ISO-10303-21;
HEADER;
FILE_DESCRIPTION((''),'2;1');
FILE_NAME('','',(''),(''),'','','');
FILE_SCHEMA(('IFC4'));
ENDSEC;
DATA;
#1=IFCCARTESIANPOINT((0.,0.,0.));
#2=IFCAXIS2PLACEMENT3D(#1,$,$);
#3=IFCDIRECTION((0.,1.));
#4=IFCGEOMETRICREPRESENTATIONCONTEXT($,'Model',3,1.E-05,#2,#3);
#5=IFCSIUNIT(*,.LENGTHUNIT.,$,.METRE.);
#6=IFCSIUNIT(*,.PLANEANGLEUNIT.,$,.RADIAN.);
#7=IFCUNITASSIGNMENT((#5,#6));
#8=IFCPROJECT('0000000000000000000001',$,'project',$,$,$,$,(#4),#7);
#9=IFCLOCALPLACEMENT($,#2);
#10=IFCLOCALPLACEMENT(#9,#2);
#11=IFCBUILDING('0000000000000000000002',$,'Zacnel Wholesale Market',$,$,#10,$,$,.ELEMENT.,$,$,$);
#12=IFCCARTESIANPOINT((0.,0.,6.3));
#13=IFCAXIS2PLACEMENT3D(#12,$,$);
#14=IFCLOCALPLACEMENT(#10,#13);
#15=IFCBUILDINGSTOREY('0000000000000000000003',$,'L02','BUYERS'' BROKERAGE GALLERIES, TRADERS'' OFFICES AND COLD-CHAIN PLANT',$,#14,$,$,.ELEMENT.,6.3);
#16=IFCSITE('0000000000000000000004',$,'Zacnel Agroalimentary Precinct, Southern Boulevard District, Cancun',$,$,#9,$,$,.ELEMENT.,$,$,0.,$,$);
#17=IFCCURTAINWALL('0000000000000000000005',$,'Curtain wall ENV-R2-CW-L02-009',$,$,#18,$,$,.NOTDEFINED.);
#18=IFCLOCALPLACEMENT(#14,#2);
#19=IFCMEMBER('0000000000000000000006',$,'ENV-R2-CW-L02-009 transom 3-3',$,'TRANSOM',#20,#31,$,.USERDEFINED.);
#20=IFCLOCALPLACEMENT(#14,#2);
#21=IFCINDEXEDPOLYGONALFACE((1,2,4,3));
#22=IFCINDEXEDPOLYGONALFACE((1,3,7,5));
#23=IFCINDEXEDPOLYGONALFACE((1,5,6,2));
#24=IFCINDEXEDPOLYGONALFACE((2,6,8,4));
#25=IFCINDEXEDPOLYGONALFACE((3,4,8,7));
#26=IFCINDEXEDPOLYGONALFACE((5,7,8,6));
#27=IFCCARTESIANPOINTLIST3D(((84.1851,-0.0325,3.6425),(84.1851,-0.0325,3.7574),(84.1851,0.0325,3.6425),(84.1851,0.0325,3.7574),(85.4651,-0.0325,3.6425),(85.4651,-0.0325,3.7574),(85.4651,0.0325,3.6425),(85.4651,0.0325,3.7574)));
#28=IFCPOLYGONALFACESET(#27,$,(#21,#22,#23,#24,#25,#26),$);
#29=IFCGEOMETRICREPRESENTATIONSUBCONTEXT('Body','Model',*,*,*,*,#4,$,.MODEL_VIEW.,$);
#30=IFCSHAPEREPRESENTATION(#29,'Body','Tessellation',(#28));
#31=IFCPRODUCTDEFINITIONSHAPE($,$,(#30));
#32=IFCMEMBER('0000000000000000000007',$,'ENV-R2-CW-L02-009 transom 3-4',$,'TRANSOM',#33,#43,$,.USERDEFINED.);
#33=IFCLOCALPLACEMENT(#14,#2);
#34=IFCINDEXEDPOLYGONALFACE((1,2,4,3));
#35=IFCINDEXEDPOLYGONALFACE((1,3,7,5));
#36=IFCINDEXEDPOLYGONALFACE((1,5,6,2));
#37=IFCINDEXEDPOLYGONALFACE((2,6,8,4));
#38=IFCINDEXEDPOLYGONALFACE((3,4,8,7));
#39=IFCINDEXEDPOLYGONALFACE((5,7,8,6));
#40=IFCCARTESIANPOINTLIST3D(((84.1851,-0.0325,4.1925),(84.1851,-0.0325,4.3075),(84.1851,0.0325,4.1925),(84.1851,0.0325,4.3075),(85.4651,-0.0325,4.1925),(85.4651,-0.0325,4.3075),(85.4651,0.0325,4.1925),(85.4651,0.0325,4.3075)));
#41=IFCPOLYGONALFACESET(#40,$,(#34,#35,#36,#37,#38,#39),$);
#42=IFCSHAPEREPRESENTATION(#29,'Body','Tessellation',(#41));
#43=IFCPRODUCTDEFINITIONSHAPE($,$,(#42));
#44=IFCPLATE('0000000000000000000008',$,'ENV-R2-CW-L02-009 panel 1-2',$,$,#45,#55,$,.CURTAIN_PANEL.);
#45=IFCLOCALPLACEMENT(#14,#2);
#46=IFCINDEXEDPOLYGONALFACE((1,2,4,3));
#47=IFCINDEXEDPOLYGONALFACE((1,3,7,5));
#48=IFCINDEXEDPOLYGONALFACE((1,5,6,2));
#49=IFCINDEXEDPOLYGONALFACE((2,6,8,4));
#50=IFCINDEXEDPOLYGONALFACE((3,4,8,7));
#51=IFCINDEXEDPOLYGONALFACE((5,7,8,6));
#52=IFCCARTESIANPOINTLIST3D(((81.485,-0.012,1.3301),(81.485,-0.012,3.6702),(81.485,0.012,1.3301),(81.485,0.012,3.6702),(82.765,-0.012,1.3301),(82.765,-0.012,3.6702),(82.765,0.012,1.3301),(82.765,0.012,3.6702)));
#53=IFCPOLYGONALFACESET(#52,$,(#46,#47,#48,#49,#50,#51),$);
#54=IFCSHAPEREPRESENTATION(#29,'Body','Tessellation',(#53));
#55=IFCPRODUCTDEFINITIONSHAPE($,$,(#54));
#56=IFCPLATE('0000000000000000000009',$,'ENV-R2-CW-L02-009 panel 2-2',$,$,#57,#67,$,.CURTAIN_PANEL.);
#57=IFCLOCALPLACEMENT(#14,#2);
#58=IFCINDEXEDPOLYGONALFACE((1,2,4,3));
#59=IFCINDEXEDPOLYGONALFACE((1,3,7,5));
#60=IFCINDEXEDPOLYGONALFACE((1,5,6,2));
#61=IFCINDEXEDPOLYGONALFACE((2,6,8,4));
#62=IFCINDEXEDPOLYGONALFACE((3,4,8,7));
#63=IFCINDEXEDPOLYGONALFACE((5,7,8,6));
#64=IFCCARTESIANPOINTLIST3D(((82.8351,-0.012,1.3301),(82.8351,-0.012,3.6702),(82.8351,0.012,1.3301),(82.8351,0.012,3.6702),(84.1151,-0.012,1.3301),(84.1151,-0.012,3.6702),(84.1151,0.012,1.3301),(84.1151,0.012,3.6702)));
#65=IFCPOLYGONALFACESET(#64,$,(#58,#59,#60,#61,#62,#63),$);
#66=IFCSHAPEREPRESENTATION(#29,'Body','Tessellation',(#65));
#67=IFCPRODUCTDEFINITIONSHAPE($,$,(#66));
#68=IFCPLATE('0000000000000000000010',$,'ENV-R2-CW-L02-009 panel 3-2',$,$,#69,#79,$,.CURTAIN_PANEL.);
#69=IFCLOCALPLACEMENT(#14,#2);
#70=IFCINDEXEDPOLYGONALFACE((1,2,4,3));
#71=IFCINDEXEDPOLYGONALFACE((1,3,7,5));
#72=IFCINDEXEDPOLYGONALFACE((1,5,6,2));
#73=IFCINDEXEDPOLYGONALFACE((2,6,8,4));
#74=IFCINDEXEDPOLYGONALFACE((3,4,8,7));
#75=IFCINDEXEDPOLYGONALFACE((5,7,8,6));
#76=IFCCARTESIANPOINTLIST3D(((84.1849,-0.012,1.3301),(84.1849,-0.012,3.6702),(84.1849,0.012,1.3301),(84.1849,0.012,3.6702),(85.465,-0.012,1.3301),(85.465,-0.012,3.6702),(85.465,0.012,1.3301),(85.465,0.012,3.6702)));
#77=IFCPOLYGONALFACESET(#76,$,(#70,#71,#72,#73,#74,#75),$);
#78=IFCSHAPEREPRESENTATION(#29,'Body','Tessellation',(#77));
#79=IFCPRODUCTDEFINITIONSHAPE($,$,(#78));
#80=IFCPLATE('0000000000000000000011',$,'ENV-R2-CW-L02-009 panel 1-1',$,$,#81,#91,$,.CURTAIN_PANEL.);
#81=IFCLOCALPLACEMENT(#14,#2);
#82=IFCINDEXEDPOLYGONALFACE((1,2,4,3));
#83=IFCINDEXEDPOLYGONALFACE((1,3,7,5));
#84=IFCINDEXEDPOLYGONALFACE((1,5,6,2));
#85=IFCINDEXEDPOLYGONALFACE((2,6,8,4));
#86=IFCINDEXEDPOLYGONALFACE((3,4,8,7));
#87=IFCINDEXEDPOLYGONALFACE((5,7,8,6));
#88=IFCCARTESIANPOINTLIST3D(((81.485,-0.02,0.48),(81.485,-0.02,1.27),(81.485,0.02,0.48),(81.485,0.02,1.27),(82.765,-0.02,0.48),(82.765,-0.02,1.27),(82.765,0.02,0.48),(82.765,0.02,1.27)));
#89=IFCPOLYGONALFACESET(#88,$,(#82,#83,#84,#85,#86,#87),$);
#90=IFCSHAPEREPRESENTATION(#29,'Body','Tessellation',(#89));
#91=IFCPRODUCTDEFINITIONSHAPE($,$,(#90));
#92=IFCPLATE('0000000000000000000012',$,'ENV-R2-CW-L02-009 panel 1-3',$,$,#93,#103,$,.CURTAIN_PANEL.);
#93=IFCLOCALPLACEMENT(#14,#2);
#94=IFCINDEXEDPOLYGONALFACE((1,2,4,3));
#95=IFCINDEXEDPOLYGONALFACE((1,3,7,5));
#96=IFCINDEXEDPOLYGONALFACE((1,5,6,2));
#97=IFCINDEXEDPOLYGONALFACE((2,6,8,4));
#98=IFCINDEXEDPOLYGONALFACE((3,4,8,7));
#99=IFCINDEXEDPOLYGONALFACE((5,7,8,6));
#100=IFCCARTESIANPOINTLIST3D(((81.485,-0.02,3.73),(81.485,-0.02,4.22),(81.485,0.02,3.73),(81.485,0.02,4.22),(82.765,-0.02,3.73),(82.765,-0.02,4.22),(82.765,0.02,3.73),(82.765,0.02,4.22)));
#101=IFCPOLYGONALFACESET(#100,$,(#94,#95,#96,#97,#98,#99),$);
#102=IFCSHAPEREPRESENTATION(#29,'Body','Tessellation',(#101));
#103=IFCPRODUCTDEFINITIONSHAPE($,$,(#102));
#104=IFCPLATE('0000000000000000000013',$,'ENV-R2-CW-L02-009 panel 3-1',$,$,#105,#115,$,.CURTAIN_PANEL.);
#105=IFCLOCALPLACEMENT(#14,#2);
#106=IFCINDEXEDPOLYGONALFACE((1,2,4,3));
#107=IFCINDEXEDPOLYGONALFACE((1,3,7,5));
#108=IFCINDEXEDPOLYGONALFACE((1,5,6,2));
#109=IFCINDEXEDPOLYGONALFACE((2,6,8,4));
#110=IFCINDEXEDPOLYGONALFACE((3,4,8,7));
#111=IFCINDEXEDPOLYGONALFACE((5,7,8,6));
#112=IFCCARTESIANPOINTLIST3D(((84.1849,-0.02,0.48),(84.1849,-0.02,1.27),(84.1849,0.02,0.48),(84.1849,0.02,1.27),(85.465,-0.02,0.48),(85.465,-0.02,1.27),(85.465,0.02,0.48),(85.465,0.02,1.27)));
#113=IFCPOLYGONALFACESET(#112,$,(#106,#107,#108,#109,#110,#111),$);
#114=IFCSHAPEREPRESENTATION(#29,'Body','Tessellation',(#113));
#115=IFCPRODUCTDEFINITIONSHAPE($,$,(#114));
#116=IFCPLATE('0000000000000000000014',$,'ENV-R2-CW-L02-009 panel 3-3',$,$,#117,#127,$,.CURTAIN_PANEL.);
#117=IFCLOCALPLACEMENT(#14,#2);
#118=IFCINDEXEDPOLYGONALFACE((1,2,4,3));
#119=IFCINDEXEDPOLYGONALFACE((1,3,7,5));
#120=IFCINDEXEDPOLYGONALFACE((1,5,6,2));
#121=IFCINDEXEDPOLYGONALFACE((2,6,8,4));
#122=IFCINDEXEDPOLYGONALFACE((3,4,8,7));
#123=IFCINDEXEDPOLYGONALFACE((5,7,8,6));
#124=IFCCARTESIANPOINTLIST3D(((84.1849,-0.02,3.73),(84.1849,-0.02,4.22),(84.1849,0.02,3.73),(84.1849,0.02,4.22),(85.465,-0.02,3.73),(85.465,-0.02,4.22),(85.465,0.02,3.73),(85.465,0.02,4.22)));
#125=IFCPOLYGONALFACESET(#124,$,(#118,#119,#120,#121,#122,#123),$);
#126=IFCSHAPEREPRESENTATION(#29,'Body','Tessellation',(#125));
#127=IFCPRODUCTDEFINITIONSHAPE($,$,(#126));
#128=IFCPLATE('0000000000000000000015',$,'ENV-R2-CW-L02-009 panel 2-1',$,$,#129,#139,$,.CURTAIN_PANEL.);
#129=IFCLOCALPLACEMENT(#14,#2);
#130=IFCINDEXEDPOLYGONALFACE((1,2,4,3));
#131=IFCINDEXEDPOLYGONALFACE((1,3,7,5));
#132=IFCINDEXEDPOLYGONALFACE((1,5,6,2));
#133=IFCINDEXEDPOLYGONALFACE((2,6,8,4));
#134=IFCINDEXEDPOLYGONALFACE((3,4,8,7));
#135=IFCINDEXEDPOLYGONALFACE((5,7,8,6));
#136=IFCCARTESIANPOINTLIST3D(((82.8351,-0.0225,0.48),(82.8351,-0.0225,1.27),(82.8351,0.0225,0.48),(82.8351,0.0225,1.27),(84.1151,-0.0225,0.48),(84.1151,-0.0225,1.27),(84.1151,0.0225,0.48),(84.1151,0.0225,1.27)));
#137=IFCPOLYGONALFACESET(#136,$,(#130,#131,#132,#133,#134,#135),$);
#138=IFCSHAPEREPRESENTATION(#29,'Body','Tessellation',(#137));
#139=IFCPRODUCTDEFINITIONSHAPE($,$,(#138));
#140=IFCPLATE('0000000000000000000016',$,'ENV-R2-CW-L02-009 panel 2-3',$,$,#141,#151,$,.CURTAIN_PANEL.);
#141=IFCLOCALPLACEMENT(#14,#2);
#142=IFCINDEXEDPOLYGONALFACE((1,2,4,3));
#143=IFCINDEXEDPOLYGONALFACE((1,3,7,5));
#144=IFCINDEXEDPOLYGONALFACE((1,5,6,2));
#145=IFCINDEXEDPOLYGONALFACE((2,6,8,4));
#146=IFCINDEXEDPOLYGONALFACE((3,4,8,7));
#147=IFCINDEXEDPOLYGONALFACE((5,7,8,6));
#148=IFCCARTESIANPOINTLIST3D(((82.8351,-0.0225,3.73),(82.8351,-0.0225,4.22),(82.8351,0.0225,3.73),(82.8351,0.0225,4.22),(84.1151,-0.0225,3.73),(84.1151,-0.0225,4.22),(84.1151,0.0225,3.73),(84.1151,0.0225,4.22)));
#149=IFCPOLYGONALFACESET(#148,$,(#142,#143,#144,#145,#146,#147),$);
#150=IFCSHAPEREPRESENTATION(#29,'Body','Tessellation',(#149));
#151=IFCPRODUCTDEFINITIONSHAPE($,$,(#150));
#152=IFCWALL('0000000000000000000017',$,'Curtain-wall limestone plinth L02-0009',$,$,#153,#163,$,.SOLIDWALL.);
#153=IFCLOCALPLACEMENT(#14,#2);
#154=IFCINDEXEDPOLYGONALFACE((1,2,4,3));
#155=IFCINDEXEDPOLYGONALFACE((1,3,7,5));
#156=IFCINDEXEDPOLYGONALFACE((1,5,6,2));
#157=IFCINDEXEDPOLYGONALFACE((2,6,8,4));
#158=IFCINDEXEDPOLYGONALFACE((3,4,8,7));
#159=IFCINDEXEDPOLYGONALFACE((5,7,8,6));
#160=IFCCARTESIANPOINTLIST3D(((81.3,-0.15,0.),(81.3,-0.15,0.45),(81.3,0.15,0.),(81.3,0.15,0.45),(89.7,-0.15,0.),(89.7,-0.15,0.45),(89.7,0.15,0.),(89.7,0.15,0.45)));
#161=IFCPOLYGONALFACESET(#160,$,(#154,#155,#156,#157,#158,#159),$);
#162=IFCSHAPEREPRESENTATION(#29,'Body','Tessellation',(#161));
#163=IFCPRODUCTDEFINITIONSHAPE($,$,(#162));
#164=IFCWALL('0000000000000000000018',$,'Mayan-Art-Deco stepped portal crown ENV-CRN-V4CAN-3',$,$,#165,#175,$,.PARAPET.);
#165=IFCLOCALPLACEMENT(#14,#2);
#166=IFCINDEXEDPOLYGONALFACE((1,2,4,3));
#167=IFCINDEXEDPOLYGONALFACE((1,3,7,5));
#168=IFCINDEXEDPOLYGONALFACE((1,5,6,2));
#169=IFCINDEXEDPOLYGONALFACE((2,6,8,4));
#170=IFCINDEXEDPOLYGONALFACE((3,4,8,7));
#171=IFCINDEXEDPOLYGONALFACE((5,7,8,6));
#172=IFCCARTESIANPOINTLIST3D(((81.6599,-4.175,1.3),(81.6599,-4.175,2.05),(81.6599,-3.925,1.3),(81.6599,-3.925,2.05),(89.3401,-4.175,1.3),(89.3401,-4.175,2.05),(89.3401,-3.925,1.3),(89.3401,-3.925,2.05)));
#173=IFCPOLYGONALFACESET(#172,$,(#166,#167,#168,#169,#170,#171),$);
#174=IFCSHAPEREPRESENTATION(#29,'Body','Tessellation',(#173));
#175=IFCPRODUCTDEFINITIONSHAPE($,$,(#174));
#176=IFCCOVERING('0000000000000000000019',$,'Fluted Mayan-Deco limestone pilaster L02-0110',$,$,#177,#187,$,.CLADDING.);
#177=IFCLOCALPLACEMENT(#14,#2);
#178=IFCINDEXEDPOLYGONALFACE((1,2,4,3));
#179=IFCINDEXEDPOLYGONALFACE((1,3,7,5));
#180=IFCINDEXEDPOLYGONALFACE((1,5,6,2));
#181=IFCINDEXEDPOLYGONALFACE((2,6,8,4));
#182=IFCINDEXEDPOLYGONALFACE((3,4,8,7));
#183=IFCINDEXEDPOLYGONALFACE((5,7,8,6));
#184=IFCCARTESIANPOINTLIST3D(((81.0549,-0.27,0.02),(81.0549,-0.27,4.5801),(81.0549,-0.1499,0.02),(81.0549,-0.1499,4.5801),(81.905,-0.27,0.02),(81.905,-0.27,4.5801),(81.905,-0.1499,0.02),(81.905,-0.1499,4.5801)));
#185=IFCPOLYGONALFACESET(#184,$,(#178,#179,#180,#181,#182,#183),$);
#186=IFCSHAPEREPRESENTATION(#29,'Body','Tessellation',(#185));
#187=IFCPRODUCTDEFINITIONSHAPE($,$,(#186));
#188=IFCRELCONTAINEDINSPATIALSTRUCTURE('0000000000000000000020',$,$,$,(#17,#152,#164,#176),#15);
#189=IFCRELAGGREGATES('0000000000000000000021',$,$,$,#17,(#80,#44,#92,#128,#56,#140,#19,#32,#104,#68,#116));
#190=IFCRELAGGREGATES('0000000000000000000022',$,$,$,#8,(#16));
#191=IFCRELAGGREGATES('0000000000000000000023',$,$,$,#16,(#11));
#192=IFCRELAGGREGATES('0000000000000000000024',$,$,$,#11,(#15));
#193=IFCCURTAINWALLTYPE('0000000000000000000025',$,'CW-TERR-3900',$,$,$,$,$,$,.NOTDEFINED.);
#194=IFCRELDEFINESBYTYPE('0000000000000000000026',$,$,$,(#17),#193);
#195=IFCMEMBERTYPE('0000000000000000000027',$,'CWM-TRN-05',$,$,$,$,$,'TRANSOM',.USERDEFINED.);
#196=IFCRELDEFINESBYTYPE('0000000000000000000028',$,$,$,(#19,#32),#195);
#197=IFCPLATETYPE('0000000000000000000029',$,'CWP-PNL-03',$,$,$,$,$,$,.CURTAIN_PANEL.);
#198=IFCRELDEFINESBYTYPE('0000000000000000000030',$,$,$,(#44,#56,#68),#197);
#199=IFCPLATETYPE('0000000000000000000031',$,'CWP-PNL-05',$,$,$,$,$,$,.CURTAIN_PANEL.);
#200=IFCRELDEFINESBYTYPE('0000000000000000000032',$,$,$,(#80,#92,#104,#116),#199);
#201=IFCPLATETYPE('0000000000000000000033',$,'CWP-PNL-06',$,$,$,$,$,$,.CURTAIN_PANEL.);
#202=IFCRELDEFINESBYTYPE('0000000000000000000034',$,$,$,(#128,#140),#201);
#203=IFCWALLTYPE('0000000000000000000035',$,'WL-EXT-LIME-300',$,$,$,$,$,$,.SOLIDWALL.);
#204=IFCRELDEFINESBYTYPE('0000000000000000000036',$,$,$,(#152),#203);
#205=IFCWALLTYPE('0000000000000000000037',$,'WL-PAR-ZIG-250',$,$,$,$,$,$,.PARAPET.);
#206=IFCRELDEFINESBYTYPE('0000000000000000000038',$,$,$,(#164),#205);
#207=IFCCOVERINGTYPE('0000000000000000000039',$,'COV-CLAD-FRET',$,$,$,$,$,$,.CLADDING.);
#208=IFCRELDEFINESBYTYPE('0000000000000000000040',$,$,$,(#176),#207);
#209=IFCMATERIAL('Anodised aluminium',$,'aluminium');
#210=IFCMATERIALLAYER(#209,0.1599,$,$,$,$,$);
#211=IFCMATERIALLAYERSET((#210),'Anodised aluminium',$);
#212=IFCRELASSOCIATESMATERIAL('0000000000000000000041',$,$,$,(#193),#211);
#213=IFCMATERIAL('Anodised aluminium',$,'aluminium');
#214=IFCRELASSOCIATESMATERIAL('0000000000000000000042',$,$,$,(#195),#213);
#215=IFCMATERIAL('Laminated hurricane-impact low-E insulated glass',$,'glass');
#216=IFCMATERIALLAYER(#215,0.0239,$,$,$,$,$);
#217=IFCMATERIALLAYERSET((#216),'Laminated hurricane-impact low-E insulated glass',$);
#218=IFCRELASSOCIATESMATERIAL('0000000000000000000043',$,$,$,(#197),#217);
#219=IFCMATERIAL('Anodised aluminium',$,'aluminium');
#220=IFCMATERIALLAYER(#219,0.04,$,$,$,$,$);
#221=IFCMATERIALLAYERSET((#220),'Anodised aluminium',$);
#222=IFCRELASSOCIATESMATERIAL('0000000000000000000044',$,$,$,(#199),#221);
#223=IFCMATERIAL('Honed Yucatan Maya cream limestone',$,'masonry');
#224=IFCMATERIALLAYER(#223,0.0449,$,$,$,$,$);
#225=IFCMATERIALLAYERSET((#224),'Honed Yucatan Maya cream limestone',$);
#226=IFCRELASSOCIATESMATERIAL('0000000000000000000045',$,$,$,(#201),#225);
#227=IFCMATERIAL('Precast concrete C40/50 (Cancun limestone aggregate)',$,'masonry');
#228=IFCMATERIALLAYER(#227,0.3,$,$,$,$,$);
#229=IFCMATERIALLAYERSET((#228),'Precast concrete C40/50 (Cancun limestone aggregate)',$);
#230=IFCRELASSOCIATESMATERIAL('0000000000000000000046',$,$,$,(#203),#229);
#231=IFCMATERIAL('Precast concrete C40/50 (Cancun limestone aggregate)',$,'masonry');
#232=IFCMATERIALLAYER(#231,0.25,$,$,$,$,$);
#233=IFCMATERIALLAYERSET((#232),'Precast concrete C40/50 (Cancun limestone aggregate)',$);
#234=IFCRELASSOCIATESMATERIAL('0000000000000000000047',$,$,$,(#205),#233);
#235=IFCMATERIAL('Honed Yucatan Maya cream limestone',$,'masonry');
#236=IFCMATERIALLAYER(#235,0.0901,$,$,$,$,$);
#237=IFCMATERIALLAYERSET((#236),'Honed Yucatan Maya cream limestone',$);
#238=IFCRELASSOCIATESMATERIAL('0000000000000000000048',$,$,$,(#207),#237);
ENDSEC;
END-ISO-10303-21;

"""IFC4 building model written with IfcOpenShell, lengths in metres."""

from ifc_helpers import new_model, si_unit, direction, frame, frame_2d, origin, origin_2d, place, context, subcontext, project, spatial, rectangle, extrude, material, layer, layer_set, material_profile, profile_set, type_object, element, aggregate, save


model = new_model("IFC4")

# Units and contexts
model_context = context("Model", 3, precision=1e-05, world=origin(), true_north=direction((0.0, 1.0)))
body_context = subcontext(model_context, "Body", "Model", "MODEL_VIEW")
ifc_project = project(units=[si_unit("LENGTHUNIT", "METRE"), si_unit("PLANEANGLEUNIT", "RADIAN")], contexts=[model_context])

# Site, building, storey
site_placement = place(None, origin())
site = spatial("IfcSite", under=ifc_project, at=site_placement, Name="Zacnel Agroalimentary Precinct, Southern Boulevard District, Cancun", CompositionType="ELEMENT", RefElevation=0.0)
building_placement = place(site_placement, origin())
building = spatial("IfcBuilding", under=site, at=building_placement, Name="Zacnel Wholesale Market", CompositionType="ELEMENT")
storey_placement = place(building_placement, frame((0.0, 0.0, 6.3)))
storey = spatial("IfcBuildingStorey", under=building, at=storey_placement, Name="L02", Description="BUYERS' BROKERAGE GALLERIES, TRADERS' OFFICES AND COLD-CHAIN PLANT", CompositionType="ELEMENT", Elevation=6.3)

# Curtain wall, members, plates
ifc_material_1 = material(Name="Anodised aluminium", Category="aluminium")
ifc_layer_1 = layer(ifc_material_1, 0.1599)
ifc_layer_set_1 = layer_set([ifc_layer_1], Name="Anodised aluminium")
curtain_wall_type = type_object("IfcCurtainWallType", Name="CW-TERR-3900", PredefinedType="NOTDEFINED", material=ifc_layer_set_1)
curtain_wall_placement = place(storey_placement, origin())
curtain_wall = element("IfcCurtainWall", 1, at=curtain_wall_placement, inside=storey, type_object=curtain_wall_type, Name="Curtain wall ENV-R2-CW-L02-009", PredefinedType="NOTDEFINED")
ifc_material_2 = material(Name="Anodised aluminium", Category="aluminium")
ifc_material_profile_1 = material_profile(ifc_material_2, rectangle(XDim=0.0649, YDim=0.115, at=origin_2d()), Name="AW-TRANSOM 65x115")
ifc_profile_set_1 = profile_set([ifc_material_profile_1], Name="Anodised aluminium")
member_type_1 = type_object("IfcMemberType", Name="CWM-TRN-05", ElementType="TRANSOM", PredefinedType="USERDEFINED", material=ifc_profile_set_1)
member_1_placement = place(storey_placement, frame((84.1851, 0.0, 3.7), z_axis=(1.0, 0.0, 0.0), x_axis=(0.0, 1.0, 0.0)))
member_1 = element("IfcMember", 2, at=member_1_placement, type_object=member_type_1, Name="ENV-R2-CW-L02-009 transom 3-3", ObjectType="TRANSOM", PredefinedType="USERDEFINED", context=body_context, shape_type="SweptSolid", body=[
    extrude(rectangle(XDim=0.0649, YDim=0.115, at=origin_2d()), origin(), (0.0, 0.0, 1.0), 1.28),
])
member_2_placement = place(storey_placement, frame((84.1851, 0.0, 4.25), z_axis=(1.0, 0.0, 0.0), x_axis=(0.0, 1.0, 0.0)))
member_2 = element("IfcMember", 3, at=member_2_placement, type_object=member_type_1, Name="ENV-R2-CW-L02-009 transom 3-4", ObjectType="TRANSOM", PredefinedType="USERDEFINED", context=body_context, shape_type="SweptSolid", body=[
    extrude(rectangle(XDim=0.0649, YDim=0.115, at=origin_2d()), origin(), (0.0, 0.0, 1.0), 1.28),
])
ifc_material_3 = material(Name="Laminated hurricane-impact low-E insulated glass", Category="glass")
ifc_layer_2 = layer(ifc_material_3, 0.0239)
ifc_layer_set_2 = layer_set([ifc_layer_2], Name="Laminated hurricane-impact low-E insulated glass")
plate_type_1 = type_object("IfcPlateType", Name="CWP-PNL-03", PredefinedType="CURTAIN_PANEL", material=ifc_layer_set_2)
plate_1_placement = place(storey_placement, frame((82.125, 0.0, 1.3301), z_axis=(0.0, 0.0, 1.0), x_axis=(1.0, 0.0, 0.0)))
plate_1 = element("IfcPlate", 4, at=plate_1_placement, type_object=plate_type_1, Name="ENV-R2-CW-L02-009 panel 1-2", PredefinedType="CURTAIN_PANEL", context=body_context, shape_type="SweptSolid", body=[
    extrude(rectangle(XDim=1.28, YDim=0.0239, at=origin_2d()), origin(), (0.0, 0.0, 1.0), 2.3401),
])
plate_2_placement = place(storey_placement, frame((83.4751, 0.0, 1.3301), z_axis=(0.0, 0.0, 1.0), x_axis=(1.0, 0.0, 0.0)))
plate_2 = element("IfcPlate", 5, at=plate_2_placement, type_object=plate_type_1, Name="ENV-R2-CW-L02-009 panel 2-2", PredefinedType="CURTAIN_PANEL", context=body_context, shape_type="SweptSolid", body=[
    extrude(rectangle(XDim=1.28, YDim=0.0239, at=origin_2d()), origin(), (0.0, 0.0, 1.0), 2.3401),
])
plate_3_placement = place(storey_placement, frame((84.825, 0.0, 1.3301), z_axis=(0.0, 0.0, 1.0), x_axis=(1.0, 0.0, 0.0)))
plate_3 = element("IfcPlate", 6, at=plate_3_placement, type_object=plate_type_1, Name="ENV-R2-CW-L02-009 panel 3-2", PredefinedType="CURTAIN_PANEL", context=body_context, shape_type="SweptSolid", body=[
    extrude(rectangle(XDim=1.28, YDim=0.0239, at=origin_2d()), origin(), (0.0, 0.0, 1.0), 2.3401),
])
ifc_material_4 = material(Name="Anodised aluminium", Category="aluminium")
ifc_layer_3 = layer(ifc_material_4, 0.04)
ifc_layer_set_3 = layer_set([ifc_layer_3], Name="Anodised aluminium")
plate_type_2 = type_object("IfcPlateType", Name="CWP-PNL-05", PredefinedType="CURTAIN_PANEL", material=ifc_layer_set_3)
plate_4_placement = place(storey_placement, frame((82.125, 0.0, 0.48), z_axis=(0.0, 0.0, 1.0), x_axis=(1.0, 0.0, 0.0)))
plate_4 = element("IfcPlate", 7, at=plate_4_placement, type_object=plate_type_2, Name="ENV-R2-CW-L02-009 panel 1-1", PredefinedType="CURTAIN_PANEL", context=body_context, shape_type="SweptSolid", body=[
    extrude(rectangle(XDim=1.28, YDim=0.04, at=origin_2d()), origin(), (0.0, 0.0, 1.0), 0.79),
])
plate_5_placement = place(storey_placement, frame((82.125, 0.0, 3.73), z_axis=(0.0, 0.0, 1.0), x_axis=(1.0, 0.0, 0.0)))
plate_5 = element("IfcPlate", 8, at=plate_5_placement, type_object=plate_type_2, Name="ENV-R2-CW-L02-009 panel 1-3", PredefinedType="CURTAIN_PANEL", context=body_context, shape_type="SweptSolid", body=[
    extrude(rectangle(XDim=1.28, YDim=0.04, at=origin_2d()), origin(), (0.0, 0.0, 1.0), 0.49),
])
plate_6_placement = place(storey_placement, frame((84.825, 0.0, 0.48), z_axis=(0.0, 0.0, 1.0), x_axis=(1.0, 0.0, 0.0)))
plate_6 = element("IfcPlate", 9, at=plate_6_placement, type_object=plate_type_2, Name="ENV-R2-CW-L02-009 panel 3-1", PredefinedType="CURTAIN_PANEL", context=body_context, shape_type="SweptSolid", body=[
    extrude(rectangle(XDim=1.28, YDim=0.04, at=origin_2d()), origin(), (0.0, 0.0, 1.0), 0.79),
])
plate_7_placement = place(storey_placement, frame((84.825, 0.0, 3.73), z_axis=(0.0, 0.0, 1.0), x_axis=(1.0, 0.0, 0.0)))
plate_7 = element("IfcPlate", 10, at=plate_7_placement, type_object=plate_type_2, Name="ENV-R2-CW-L02-009 panel 3-3", PredefinedType="CURTAIN_PANEL", context=body_context, shape_type="SweptSolid", body=[
    extrude(rectangle(XDim=1.28, YDim=0.04, at=origin_2d()), origin(), (0.0, 0.0, 1.0), 0.49),
])
ifc_material_5 = material(Name="Honed Yucatan Maya cream limestone", Category="masonry")
ifc_layer_4 = layer(ifc_material_5, 0.0449)
ifc_layer_set_4 = layer_set([ifc_layer_4], Name="Honed Yucatan Maya cream limestone")
plate_type_3 = type_object("IfcPlateType", Name="CWP-PNL-06", PredefinedType="CURTAIN_PANEL", material=ifc_layer_set_4)
plate_8_placement = place(storey_placement, frame((83.4751, 0.0, 0.48), z_axis=(0.0, 0.0, 1.0), x_axis=(1.0, 0.0, 0.0)))
plate_8 = element("IfcPlate", 11, at=plate_8_placement, type_object=plate_type_3, Name="ENV-R2-CW-L02-009 panel 2-1", PredefinedType="CURTAIN_PANEL", context=body_context, shape_type="SweptSolid", body=[
    extrude(rectangle(XDim=1.28, YDim=0.0449, at=origin_2d()), origin(), (0.0, 0.0, 1.0), 0.79),
])
plate_9_placement = place(storey_placement, frame((83.4751, 0.0, 3.73), z_axis=(0.0, 0.0, 1.0), x_axis=(1.0, 0.0, 0.0)))
plate_9 = element("IfcPlate", 12, at=plate_9_placement, type_object=plate_type_3, Name="ENV-R2-CW-L02-009 panel 2-3", PredefinedType="CURTAIN_PANEL", context=body_context, shape_type="SweptSolid", body=[
    extrude(rectangle(XDim=1.28, YDim=0.0449, at=origin_2d()), origin(), (0.0, 0.0, 1.0), 0.49),
])
aggregate(curtain_wall, [plate_4, plate_1, plate_5, plate_8, plate_2, plate_9, member_1, member_2, plate_6, plate_3, plate_7])

# Walls
ifc_material_6 = material(Name="Precast concrete C40/50 (Cancun limestone aggregate)", Category="masonry")
ifc_layer_5 = layer(ifc_material_6, 0.3)
ifc_layer_set_5 = layer_set([ifc_layer_5], Name="Precast concrete C40/50 (Cancun limestone aggregate)")
wall_type_1 = type_object("IfcWallType", Name="WL-EXT-LIME-300", PredefinedType="SOLIDWALL", material=ifc_layer_set_5)
wall_1_placement = place(storey_placement, frame((81.3, 0.0, 0.0), z_axis=(0.0, 0.0, 1.0), x_axis=(1.0, 0.0, 0.0)))
element("IfcWall", 13, at=wall_1_placement, inside=storey, type_object=wall_type_1, Name="Curtain-wall limestone plinth L02-0009", PredefinedType="SOLIDWALL", context=body_context, shape_type="SweptSolid", body=[
    extrude(rectangle(XDim=8.3999, YDim=0.3, at=frame_2d((4.2, 0.0))), origin(), (0.0, 0.0, 1.0), 0.45),
])
ifc_material_7 = material(Name="Precast concrete C40/50 (Cancun limestone aggregate)", Category="masonry")
ifc_layer_6 = layer(ifc_material_7, 0.25)
ifc_layer_set_6 = layer_set([ifc_layer_6], Name="Precast concrete C40/50 (Cancun limestone aggregate)")
wall_type_2 = type_object("IfcWallType", Name="WL-PAR-ZIG-250", PredefinedType="PARAPET", material=ifc_layer_set_6)
wall_2_placement = place(storey_placement, frame((81.6599, -4.05, 1.3), z_axis=(0.0, 0.0, 1.0), x_axis=(1.0, 0.0, 0.0)))
element("IfcWall", 14, at=wall_2_placement, inside=storey, type_object=wall_type_2, Name="Mayan-Art-Deco stepped portal crown ENV-CRN-V4CAN-3", PredefinedType="PARAPET", context=body_context, shape_type="SweptSolid", body=[
    extrude(rectangle(XDim=7.6802, YDim=0.25, at=frame_2d((3.8401, 0.0))), origin(), (0.0, 0.0, 1.0), 0.75),
])

# Covering
ifc_material_8 = material(Name="Honed Yucatan Maya cream limestone", Category="masonry")
ifc_layer_7 = layer(ifc_material_8, 0.0901)
ifc_layer_set_7 = layer_set([ifc_layer_7], Name="Honed Yucatan Maya cream limestone")
covering_type = type_object("IfcCoveringType", Name="COV-CLAD-FRET", PredefinedType="CLADDING", material=ifc_layer_set_7)
covering_1_placement = place(storey_placement, frame((81.48, -0.21, 0.02), z_axis=(0.0, 0.0, 1.0), x_axis=(1.0, 0.0, 0.0)))
element("IfcCovering", 15, at=covering_1_placement, inside=storey, type_object=covering_type, Name="Fluted Mayan-Deco limestone pilaster L02-0110", PredefinedType="CLADDING", context=body_context, shape_type="SweptSolid", body=[
    extrude(rectangle(XDim=0.8501, YDim=0.1201, at=origin_2d()), origin(), (0.0, 0.0, 1.0), 4.5601),
])

save(model, "model.ifc")
